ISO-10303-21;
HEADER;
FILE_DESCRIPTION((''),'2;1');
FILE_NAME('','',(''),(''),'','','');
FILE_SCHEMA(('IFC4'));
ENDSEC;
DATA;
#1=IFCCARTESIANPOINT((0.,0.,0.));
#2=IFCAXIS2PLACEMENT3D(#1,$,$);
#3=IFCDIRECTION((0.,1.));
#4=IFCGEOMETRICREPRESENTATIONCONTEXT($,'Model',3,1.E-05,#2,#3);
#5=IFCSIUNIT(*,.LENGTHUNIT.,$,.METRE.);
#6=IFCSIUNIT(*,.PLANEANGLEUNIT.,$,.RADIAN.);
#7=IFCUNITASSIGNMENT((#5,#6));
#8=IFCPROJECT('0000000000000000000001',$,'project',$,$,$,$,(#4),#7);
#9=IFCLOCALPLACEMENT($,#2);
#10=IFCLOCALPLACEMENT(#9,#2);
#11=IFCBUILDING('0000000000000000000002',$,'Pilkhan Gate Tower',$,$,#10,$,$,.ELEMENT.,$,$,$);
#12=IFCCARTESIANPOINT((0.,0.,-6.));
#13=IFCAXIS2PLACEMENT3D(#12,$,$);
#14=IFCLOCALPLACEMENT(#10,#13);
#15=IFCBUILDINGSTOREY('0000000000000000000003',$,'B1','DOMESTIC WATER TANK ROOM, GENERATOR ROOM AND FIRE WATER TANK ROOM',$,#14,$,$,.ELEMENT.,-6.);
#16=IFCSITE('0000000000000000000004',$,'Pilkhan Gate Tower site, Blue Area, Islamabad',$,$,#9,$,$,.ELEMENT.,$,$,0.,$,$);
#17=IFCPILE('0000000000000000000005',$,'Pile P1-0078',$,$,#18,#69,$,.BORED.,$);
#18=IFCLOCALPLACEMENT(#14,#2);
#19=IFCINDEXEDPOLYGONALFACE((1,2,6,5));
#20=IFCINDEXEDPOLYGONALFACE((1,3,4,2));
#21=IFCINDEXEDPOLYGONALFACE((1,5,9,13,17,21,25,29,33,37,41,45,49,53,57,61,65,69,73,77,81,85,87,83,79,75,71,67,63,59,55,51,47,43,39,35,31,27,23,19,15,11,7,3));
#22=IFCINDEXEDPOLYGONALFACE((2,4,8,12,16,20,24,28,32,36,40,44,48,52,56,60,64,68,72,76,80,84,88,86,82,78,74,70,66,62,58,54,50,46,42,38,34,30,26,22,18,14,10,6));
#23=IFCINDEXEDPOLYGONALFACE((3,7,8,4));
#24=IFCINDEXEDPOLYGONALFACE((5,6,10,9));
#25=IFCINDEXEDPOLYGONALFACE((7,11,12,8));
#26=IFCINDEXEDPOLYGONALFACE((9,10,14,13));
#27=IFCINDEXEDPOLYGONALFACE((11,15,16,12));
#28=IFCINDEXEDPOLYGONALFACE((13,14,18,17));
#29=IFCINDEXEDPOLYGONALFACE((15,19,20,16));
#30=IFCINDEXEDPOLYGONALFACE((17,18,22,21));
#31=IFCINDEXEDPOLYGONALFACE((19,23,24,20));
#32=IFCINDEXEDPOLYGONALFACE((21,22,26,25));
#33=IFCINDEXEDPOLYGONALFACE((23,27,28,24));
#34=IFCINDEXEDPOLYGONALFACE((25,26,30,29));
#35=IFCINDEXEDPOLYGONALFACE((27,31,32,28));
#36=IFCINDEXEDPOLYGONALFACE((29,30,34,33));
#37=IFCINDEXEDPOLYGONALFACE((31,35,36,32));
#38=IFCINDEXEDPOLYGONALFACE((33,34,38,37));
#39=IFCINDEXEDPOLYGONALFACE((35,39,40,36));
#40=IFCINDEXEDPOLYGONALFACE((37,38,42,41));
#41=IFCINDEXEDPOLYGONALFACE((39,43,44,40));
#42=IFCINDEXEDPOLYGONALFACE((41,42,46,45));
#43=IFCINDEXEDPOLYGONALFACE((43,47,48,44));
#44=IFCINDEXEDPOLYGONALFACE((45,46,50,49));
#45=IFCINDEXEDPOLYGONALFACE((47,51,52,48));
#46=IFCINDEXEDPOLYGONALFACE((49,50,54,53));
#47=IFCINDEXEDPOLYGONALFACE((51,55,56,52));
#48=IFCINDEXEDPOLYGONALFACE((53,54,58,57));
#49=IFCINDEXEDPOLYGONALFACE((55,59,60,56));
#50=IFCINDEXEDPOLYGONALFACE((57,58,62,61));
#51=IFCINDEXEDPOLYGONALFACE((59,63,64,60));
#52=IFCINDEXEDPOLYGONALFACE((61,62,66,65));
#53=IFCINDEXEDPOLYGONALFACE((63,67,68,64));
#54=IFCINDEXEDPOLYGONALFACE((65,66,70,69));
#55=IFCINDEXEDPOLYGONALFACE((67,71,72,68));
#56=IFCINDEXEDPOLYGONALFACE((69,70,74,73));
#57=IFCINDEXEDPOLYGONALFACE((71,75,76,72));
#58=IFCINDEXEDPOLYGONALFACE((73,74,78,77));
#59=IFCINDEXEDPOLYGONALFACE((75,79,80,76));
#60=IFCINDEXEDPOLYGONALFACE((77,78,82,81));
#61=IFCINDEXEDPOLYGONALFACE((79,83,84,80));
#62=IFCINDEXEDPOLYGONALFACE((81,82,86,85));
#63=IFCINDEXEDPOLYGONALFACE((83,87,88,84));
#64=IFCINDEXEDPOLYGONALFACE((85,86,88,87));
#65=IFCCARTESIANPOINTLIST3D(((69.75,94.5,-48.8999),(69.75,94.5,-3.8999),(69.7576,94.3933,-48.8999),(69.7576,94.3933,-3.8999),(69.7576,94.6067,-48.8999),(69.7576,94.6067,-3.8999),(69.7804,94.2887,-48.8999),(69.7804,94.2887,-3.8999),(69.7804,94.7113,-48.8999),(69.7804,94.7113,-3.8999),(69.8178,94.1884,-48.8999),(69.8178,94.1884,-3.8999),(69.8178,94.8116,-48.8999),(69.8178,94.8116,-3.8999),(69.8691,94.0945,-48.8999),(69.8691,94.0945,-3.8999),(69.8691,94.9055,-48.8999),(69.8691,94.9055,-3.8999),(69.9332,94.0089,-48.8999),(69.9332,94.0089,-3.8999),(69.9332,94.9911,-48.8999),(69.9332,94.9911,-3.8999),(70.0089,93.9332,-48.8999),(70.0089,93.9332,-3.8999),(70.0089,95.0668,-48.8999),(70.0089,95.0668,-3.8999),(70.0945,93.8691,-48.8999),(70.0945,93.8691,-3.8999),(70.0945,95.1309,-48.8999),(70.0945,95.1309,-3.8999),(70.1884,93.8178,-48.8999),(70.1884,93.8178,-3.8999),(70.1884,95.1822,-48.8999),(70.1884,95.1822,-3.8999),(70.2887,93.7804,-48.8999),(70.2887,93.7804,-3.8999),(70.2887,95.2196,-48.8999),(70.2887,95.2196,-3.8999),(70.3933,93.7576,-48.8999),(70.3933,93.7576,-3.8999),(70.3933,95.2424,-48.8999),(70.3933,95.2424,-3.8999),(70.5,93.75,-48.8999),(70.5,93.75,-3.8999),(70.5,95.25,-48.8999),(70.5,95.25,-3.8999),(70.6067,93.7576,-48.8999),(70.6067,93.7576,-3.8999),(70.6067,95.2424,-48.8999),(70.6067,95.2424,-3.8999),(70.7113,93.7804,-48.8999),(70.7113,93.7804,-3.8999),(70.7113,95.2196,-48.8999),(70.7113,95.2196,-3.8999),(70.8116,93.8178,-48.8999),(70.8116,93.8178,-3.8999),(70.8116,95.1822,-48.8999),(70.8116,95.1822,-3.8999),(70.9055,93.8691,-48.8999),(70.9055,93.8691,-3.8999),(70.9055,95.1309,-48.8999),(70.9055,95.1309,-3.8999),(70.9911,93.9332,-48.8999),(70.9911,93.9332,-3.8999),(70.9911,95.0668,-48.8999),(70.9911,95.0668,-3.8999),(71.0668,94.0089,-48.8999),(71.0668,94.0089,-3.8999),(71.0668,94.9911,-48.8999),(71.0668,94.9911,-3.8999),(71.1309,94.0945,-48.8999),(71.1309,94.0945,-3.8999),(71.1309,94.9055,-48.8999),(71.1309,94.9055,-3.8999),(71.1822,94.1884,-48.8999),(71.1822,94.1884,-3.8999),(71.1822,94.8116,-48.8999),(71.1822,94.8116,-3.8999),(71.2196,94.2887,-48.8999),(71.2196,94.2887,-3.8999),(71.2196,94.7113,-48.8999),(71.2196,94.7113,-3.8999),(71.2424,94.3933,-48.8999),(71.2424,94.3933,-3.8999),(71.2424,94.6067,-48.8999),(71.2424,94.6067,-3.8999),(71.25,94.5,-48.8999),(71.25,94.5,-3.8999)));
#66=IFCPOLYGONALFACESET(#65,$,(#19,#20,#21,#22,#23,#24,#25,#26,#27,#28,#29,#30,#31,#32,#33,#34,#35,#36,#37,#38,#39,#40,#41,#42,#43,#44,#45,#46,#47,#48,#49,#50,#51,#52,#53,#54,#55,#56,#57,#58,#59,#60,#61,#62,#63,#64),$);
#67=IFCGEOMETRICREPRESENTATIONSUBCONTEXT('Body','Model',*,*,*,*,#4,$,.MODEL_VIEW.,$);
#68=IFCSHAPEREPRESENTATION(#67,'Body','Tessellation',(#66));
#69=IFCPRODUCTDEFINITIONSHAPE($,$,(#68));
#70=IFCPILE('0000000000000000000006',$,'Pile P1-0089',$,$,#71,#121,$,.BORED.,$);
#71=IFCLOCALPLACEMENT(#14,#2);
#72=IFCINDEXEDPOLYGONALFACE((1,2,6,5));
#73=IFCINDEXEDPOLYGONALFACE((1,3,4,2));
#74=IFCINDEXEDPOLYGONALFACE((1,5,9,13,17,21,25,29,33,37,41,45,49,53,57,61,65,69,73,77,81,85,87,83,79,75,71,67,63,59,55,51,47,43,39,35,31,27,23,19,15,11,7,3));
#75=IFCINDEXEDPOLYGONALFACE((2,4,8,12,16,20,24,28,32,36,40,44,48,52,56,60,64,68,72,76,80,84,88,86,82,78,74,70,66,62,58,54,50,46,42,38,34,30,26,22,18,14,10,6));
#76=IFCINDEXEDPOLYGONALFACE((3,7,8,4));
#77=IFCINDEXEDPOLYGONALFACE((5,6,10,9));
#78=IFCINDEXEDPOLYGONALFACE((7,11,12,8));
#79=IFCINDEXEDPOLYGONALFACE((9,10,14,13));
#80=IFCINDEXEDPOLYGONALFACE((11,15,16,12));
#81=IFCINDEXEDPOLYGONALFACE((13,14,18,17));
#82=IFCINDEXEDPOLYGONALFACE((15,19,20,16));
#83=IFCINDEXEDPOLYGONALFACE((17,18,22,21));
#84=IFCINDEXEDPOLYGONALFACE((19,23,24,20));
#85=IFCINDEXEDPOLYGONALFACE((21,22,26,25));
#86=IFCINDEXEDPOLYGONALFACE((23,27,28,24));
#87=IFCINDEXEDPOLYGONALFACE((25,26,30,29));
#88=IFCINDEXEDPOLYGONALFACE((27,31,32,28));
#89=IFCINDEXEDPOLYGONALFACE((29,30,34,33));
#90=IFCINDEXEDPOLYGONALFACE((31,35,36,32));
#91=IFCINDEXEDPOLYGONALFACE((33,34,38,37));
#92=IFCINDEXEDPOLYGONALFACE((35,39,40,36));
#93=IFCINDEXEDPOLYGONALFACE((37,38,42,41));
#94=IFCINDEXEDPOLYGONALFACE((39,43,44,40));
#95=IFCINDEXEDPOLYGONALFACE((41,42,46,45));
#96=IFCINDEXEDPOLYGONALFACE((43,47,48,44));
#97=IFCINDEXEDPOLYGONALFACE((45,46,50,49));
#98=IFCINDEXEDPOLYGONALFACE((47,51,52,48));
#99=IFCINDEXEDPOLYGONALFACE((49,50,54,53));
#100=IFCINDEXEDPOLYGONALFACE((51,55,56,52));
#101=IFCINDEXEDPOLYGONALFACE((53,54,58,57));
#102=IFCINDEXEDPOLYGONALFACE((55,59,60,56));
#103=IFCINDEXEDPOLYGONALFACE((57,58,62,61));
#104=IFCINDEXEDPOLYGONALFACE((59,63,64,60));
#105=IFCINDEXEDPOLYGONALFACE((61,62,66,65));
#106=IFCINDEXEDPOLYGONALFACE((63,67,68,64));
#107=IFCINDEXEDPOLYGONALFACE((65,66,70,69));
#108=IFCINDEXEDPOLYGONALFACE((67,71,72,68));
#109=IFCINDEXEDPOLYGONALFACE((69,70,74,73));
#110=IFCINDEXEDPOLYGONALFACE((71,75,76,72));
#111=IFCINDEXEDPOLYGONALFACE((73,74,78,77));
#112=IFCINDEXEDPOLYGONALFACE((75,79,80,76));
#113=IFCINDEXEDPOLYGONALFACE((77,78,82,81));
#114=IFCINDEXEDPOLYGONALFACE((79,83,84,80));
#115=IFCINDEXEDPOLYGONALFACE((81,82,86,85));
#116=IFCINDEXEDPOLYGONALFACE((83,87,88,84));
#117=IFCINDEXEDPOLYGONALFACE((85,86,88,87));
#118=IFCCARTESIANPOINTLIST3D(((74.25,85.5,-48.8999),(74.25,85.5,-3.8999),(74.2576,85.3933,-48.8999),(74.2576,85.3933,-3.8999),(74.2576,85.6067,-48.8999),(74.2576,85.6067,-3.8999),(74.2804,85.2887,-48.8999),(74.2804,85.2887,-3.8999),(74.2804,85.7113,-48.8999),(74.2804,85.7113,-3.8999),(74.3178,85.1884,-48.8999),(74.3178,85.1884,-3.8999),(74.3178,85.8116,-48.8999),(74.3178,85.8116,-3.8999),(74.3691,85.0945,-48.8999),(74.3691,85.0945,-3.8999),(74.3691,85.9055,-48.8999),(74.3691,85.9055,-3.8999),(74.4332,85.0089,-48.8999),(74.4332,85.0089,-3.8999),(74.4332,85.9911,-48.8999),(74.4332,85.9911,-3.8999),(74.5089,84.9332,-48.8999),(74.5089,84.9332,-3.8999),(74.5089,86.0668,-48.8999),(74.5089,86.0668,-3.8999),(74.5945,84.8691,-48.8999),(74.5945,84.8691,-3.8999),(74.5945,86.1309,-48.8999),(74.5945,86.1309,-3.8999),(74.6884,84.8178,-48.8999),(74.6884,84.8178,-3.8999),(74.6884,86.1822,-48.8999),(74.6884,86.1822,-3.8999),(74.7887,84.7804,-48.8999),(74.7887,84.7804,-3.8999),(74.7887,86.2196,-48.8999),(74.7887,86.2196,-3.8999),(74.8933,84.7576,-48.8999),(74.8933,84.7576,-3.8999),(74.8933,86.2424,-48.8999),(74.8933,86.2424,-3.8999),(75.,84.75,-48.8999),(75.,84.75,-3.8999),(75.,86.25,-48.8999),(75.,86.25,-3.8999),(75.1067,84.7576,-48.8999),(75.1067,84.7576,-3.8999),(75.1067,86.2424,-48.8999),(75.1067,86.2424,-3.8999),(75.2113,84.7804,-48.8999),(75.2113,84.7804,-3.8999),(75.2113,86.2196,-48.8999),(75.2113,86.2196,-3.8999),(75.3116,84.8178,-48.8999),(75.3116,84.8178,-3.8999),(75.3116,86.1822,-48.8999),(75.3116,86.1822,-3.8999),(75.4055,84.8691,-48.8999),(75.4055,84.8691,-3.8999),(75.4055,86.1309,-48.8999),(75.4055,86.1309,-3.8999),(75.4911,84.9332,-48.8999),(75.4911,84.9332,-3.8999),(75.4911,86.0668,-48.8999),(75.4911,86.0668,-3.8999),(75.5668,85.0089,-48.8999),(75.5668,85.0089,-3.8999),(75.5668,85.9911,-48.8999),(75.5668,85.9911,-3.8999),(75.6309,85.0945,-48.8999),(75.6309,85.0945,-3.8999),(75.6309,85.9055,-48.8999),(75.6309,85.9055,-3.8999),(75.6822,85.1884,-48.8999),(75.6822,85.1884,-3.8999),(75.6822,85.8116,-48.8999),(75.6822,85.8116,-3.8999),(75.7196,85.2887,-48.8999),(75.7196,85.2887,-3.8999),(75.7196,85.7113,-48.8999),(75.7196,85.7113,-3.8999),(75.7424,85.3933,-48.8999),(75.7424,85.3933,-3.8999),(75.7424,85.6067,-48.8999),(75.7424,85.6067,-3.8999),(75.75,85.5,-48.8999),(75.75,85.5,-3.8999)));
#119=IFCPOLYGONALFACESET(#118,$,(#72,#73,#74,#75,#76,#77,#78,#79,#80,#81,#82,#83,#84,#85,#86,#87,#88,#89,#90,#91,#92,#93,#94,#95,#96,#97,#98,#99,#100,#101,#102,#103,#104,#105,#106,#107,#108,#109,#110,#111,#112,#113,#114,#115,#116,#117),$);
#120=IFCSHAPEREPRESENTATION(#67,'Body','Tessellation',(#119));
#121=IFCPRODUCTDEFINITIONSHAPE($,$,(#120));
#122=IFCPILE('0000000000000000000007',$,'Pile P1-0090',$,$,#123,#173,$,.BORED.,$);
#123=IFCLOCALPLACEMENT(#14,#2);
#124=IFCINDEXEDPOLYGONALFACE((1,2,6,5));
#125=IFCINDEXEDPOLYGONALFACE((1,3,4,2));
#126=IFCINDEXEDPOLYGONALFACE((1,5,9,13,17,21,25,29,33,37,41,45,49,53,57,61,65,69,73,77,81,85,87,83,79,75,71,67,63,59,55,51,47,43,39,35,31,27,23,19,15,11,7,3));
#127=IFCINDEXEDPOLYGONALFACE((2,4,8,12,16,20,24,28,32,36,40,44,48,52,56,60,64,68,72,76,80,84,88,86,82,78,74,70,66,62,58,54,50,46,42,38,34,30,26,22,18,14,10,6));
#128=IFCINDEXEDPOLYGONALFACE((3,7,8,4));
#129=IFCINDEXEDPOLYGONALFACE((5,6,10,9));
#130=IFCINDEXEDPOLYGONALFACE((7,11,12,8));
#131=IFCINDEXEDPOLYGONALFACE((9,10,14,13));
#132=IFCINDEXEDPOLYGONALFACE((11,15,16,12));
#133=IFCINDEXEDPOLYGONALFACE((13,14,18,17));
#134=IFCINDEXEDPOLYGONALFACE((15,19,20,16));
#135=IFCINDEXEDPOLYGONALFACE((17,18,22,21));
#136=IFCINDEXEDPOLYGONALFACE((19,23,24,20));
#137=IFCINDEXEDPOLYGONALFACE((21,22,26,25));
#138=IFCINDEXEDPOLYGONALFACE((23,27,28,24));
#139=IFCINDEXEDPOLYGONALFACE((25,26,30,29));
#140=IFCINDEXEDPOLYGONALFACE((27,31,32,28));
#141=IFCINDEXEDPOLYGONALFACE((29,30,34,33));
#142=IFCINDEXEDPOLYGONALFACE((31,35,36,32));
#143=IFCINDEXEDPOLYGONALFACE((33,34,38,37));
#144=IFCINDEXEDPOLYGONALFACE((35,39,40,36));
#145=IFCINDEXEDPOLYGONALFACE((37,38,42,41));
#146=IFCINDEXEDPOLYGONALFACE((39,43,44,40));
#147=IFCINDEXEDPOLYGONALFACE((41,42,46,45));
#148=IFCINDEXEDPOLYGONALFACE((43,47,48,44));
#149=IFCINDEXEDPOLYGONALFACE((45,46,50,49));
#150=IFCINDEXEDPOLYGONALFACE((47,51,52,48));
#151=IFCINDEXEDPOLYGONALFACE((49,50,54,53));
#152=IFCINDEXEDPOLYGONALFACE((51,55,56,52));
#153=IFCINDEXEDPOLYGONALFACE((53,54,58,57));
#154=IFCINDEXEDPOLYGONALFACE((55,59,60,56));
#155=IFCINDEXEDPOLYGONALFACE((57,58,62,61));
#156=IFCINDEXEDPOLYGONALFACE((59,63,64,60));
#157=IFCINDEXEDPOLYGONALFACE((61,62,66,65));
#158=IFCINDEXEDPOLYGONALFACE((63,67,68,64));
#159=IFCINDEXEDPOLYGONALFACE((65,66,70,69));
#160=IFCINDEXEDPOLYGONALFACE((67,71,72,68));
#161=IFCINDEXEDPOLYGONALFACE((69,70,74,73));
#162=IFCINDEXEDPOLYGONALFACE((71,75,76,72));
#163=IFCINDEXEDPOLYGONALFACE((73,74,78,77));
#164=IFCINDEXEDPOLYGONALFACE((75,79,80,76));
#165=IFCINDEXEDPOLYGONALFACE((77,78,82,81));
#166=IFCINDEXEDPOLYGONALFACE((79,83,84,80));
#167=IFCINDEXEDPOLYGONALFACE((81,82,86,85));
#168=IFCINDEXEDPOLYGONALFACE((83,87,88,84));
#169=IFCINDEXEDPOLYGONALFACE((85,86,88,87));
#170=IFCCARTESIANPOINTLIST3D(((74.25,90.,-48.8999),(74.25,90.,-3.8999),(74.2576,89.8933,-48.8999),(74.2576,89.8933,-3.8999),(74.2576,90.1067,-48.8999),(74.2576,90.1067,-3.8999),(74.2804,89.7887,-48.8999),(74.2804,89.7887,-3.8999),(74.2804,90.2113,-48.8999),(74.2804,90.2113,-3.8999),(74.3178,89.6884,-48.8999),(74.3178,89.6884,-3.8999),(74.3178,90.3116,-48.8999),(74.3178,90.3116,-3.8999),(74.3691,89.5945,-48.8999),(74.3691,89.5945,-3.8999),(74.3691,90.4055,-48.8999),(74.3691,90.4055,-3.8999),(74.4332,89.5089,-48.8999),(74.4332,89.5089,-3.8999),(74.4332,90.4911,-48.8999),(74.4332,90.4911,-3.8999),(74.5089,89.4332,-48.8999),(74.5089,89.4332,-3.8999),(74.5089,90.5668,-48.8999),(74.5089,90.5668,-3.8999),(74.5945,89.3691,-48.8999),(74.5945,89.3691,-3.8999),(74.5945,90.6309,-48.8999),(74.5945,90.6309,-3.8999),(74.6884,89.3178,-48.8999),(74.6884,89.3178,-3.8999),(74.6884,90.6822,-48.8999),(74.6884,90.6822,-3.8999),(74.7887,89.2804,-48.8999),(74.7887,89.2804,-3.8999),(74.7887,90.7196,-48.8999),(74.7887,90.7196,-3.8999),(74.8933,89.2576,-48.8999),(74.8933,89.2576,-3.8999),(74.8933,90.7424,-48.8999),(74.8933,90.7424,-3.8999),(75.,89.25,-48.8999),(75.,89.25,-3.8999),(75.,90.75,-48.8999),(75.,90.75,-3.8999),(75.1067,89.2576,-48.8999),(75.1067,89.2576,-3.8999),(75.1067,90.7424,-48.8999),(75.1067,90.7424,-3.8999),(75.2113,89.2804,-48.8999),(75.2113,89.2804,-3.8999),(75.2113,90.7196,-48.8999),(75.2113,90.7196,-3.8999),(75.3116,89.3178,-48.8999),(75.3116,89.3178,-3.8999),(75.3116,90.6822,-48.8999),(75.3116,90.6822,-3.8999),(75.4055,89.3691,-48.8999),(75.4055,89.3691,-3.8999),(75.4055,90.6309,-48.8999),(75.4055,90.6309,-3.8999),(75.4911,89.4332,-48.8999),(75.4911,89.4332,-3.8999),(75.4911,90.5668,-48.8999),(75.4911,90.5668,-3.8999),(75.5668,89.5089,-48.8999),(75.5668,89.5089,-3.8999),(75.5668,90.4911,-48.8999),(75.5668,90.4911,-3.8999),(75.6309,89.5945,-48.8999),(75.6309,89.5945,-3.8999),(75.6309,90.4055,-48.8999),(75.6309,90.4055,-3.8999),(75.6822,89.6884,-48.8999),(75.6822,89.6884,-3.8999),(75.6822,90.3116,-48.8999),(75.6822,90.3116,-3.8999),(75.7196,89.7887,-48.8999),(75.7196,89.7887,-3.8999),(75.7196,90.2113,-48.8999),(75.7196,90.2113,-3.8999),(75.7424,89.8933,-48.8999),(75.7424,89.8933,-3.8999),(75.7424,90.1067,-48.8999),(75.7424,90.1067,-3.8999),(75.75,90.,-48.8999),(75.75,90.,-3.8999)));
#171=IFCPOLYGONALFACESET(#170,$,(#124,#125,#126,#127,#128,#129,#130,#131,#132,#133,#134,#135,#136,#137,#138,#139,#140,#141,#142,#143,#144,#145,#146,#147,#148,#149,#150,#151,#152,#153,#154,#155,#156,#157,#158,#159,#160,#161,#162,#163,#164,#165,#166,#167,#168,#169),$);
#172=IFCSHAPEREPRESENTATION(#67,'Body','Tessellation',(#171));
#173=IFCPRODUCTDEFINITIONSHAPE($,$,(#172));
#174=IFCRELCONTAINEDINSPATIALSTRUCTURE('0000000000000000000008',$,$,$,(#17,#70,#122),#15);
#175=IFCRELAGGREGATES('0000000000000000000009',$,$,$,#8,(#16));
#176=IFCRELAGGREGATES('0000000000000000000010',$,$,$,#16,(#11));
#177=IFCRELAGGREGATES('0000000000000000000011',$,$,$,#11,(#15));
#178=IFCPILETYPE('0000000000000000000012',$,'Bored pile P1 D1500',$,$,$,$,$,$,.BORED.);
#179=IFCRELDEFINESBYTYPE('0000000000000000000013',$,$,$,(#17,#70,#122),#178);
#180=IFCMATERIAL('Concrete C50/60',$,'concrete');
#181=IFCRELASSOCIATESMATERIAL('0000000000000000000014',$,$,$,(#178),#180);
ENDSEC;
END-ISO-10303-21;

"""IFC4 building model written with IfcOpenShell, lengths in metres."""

from ifc_helpers import new_model, si_unit, direction, frame, origin, origin_2d, place, context, subcontext, project, spatial, circle, extrude, material, material_profile, profile_set, type_object, element, save


model = new_model("IFC4")

# Units and contexts
model_context = context("Model", 3, precision=1e-05, world=origin(), true_north=direction((0.0, 1.0)))
body_context = subcontext(model_context, "Body", "Model", "MODEL_VIEW")
ifc_project = project(units=[si_unit("LENGTHUNIT", "METRE"), si_unit("PLANEANGLEUNIT", "RADIAN")], contexts=[model_context])

# Site, building, storey
site_placement = place(None, origin())
site = spatial("IfcSite", under=ifc_project, at=site_placement, Name="Pilkhan Gate Tower site, Blue Area, Islamabad", CompositionType="ELEMENT", RefElevation=0.0)
building_placement = place(site_placement, origin())
building = spatial("IfcBuilding", under=site, at=building_placement, Name="Pilkhan Gate Tower", CompositionType="ELEMENT")
storey_placement = place(building_placement, frame((0.0, 0.0, -6.0)))
storey = spatial("IfcBuildingStorey", under=building, at=storey_placement, Name="B1", Description="DOMESTIC WATER TANK ROOM, GENERATOR ROOM AND FIRE WATER TANK ROOM", CompositionType="ELEMENT", Elevation=-6.0)

# Piles
ifc_material_1 = material(Name="Concrete C50/60", Category="concrete")
ifc_material_profile = material_profile(ifc_material_1, circle(Radius=0.75, at=origin_2d()), Name="Bored pile 1500 dia")
ifc_profile_set = profile_set([ifc_material_profile], Name="Concrete C50/60")
pile_type = type_object("IfcPileType", Name="Bored pile P1 D1500", PredefinedType="BORED", material=ifc_profile_set)
for number, where, z_axis, x_axis, name in (
    (1, (70.5, 94.5, -3.8999), (0.0, 0.0, -1.0), (1.0, 0.0, 0.0), "Pile P1-0078"),
    (2, (75.0, 85.5, -3.8999), (0.0, 0.0, -1.0), (1.0, 0.0, 0.0), "Pile P1-0089"),
    (3, (75.0, 90.0, -3.8999), (0.0, 0.0, -1.0), (1.0, 0.0, 0.0), "Pile P1-0090"),
):
    element("IfcPile", number, at=place(storey_placement, frame(where, z_axis=z_axis, x_axis=x_axis)), inside=storey, type_object=pile_type, Name=name, PredefinedType="BORED", context=body_context, shape_type="SweptSolid", body=[
        extrude(circle(Radius=0.75, at=origin_2d()), origin(), (0.0, 0.0, 1.0), 45.0),
    ])

save(model, "model.ifc")
